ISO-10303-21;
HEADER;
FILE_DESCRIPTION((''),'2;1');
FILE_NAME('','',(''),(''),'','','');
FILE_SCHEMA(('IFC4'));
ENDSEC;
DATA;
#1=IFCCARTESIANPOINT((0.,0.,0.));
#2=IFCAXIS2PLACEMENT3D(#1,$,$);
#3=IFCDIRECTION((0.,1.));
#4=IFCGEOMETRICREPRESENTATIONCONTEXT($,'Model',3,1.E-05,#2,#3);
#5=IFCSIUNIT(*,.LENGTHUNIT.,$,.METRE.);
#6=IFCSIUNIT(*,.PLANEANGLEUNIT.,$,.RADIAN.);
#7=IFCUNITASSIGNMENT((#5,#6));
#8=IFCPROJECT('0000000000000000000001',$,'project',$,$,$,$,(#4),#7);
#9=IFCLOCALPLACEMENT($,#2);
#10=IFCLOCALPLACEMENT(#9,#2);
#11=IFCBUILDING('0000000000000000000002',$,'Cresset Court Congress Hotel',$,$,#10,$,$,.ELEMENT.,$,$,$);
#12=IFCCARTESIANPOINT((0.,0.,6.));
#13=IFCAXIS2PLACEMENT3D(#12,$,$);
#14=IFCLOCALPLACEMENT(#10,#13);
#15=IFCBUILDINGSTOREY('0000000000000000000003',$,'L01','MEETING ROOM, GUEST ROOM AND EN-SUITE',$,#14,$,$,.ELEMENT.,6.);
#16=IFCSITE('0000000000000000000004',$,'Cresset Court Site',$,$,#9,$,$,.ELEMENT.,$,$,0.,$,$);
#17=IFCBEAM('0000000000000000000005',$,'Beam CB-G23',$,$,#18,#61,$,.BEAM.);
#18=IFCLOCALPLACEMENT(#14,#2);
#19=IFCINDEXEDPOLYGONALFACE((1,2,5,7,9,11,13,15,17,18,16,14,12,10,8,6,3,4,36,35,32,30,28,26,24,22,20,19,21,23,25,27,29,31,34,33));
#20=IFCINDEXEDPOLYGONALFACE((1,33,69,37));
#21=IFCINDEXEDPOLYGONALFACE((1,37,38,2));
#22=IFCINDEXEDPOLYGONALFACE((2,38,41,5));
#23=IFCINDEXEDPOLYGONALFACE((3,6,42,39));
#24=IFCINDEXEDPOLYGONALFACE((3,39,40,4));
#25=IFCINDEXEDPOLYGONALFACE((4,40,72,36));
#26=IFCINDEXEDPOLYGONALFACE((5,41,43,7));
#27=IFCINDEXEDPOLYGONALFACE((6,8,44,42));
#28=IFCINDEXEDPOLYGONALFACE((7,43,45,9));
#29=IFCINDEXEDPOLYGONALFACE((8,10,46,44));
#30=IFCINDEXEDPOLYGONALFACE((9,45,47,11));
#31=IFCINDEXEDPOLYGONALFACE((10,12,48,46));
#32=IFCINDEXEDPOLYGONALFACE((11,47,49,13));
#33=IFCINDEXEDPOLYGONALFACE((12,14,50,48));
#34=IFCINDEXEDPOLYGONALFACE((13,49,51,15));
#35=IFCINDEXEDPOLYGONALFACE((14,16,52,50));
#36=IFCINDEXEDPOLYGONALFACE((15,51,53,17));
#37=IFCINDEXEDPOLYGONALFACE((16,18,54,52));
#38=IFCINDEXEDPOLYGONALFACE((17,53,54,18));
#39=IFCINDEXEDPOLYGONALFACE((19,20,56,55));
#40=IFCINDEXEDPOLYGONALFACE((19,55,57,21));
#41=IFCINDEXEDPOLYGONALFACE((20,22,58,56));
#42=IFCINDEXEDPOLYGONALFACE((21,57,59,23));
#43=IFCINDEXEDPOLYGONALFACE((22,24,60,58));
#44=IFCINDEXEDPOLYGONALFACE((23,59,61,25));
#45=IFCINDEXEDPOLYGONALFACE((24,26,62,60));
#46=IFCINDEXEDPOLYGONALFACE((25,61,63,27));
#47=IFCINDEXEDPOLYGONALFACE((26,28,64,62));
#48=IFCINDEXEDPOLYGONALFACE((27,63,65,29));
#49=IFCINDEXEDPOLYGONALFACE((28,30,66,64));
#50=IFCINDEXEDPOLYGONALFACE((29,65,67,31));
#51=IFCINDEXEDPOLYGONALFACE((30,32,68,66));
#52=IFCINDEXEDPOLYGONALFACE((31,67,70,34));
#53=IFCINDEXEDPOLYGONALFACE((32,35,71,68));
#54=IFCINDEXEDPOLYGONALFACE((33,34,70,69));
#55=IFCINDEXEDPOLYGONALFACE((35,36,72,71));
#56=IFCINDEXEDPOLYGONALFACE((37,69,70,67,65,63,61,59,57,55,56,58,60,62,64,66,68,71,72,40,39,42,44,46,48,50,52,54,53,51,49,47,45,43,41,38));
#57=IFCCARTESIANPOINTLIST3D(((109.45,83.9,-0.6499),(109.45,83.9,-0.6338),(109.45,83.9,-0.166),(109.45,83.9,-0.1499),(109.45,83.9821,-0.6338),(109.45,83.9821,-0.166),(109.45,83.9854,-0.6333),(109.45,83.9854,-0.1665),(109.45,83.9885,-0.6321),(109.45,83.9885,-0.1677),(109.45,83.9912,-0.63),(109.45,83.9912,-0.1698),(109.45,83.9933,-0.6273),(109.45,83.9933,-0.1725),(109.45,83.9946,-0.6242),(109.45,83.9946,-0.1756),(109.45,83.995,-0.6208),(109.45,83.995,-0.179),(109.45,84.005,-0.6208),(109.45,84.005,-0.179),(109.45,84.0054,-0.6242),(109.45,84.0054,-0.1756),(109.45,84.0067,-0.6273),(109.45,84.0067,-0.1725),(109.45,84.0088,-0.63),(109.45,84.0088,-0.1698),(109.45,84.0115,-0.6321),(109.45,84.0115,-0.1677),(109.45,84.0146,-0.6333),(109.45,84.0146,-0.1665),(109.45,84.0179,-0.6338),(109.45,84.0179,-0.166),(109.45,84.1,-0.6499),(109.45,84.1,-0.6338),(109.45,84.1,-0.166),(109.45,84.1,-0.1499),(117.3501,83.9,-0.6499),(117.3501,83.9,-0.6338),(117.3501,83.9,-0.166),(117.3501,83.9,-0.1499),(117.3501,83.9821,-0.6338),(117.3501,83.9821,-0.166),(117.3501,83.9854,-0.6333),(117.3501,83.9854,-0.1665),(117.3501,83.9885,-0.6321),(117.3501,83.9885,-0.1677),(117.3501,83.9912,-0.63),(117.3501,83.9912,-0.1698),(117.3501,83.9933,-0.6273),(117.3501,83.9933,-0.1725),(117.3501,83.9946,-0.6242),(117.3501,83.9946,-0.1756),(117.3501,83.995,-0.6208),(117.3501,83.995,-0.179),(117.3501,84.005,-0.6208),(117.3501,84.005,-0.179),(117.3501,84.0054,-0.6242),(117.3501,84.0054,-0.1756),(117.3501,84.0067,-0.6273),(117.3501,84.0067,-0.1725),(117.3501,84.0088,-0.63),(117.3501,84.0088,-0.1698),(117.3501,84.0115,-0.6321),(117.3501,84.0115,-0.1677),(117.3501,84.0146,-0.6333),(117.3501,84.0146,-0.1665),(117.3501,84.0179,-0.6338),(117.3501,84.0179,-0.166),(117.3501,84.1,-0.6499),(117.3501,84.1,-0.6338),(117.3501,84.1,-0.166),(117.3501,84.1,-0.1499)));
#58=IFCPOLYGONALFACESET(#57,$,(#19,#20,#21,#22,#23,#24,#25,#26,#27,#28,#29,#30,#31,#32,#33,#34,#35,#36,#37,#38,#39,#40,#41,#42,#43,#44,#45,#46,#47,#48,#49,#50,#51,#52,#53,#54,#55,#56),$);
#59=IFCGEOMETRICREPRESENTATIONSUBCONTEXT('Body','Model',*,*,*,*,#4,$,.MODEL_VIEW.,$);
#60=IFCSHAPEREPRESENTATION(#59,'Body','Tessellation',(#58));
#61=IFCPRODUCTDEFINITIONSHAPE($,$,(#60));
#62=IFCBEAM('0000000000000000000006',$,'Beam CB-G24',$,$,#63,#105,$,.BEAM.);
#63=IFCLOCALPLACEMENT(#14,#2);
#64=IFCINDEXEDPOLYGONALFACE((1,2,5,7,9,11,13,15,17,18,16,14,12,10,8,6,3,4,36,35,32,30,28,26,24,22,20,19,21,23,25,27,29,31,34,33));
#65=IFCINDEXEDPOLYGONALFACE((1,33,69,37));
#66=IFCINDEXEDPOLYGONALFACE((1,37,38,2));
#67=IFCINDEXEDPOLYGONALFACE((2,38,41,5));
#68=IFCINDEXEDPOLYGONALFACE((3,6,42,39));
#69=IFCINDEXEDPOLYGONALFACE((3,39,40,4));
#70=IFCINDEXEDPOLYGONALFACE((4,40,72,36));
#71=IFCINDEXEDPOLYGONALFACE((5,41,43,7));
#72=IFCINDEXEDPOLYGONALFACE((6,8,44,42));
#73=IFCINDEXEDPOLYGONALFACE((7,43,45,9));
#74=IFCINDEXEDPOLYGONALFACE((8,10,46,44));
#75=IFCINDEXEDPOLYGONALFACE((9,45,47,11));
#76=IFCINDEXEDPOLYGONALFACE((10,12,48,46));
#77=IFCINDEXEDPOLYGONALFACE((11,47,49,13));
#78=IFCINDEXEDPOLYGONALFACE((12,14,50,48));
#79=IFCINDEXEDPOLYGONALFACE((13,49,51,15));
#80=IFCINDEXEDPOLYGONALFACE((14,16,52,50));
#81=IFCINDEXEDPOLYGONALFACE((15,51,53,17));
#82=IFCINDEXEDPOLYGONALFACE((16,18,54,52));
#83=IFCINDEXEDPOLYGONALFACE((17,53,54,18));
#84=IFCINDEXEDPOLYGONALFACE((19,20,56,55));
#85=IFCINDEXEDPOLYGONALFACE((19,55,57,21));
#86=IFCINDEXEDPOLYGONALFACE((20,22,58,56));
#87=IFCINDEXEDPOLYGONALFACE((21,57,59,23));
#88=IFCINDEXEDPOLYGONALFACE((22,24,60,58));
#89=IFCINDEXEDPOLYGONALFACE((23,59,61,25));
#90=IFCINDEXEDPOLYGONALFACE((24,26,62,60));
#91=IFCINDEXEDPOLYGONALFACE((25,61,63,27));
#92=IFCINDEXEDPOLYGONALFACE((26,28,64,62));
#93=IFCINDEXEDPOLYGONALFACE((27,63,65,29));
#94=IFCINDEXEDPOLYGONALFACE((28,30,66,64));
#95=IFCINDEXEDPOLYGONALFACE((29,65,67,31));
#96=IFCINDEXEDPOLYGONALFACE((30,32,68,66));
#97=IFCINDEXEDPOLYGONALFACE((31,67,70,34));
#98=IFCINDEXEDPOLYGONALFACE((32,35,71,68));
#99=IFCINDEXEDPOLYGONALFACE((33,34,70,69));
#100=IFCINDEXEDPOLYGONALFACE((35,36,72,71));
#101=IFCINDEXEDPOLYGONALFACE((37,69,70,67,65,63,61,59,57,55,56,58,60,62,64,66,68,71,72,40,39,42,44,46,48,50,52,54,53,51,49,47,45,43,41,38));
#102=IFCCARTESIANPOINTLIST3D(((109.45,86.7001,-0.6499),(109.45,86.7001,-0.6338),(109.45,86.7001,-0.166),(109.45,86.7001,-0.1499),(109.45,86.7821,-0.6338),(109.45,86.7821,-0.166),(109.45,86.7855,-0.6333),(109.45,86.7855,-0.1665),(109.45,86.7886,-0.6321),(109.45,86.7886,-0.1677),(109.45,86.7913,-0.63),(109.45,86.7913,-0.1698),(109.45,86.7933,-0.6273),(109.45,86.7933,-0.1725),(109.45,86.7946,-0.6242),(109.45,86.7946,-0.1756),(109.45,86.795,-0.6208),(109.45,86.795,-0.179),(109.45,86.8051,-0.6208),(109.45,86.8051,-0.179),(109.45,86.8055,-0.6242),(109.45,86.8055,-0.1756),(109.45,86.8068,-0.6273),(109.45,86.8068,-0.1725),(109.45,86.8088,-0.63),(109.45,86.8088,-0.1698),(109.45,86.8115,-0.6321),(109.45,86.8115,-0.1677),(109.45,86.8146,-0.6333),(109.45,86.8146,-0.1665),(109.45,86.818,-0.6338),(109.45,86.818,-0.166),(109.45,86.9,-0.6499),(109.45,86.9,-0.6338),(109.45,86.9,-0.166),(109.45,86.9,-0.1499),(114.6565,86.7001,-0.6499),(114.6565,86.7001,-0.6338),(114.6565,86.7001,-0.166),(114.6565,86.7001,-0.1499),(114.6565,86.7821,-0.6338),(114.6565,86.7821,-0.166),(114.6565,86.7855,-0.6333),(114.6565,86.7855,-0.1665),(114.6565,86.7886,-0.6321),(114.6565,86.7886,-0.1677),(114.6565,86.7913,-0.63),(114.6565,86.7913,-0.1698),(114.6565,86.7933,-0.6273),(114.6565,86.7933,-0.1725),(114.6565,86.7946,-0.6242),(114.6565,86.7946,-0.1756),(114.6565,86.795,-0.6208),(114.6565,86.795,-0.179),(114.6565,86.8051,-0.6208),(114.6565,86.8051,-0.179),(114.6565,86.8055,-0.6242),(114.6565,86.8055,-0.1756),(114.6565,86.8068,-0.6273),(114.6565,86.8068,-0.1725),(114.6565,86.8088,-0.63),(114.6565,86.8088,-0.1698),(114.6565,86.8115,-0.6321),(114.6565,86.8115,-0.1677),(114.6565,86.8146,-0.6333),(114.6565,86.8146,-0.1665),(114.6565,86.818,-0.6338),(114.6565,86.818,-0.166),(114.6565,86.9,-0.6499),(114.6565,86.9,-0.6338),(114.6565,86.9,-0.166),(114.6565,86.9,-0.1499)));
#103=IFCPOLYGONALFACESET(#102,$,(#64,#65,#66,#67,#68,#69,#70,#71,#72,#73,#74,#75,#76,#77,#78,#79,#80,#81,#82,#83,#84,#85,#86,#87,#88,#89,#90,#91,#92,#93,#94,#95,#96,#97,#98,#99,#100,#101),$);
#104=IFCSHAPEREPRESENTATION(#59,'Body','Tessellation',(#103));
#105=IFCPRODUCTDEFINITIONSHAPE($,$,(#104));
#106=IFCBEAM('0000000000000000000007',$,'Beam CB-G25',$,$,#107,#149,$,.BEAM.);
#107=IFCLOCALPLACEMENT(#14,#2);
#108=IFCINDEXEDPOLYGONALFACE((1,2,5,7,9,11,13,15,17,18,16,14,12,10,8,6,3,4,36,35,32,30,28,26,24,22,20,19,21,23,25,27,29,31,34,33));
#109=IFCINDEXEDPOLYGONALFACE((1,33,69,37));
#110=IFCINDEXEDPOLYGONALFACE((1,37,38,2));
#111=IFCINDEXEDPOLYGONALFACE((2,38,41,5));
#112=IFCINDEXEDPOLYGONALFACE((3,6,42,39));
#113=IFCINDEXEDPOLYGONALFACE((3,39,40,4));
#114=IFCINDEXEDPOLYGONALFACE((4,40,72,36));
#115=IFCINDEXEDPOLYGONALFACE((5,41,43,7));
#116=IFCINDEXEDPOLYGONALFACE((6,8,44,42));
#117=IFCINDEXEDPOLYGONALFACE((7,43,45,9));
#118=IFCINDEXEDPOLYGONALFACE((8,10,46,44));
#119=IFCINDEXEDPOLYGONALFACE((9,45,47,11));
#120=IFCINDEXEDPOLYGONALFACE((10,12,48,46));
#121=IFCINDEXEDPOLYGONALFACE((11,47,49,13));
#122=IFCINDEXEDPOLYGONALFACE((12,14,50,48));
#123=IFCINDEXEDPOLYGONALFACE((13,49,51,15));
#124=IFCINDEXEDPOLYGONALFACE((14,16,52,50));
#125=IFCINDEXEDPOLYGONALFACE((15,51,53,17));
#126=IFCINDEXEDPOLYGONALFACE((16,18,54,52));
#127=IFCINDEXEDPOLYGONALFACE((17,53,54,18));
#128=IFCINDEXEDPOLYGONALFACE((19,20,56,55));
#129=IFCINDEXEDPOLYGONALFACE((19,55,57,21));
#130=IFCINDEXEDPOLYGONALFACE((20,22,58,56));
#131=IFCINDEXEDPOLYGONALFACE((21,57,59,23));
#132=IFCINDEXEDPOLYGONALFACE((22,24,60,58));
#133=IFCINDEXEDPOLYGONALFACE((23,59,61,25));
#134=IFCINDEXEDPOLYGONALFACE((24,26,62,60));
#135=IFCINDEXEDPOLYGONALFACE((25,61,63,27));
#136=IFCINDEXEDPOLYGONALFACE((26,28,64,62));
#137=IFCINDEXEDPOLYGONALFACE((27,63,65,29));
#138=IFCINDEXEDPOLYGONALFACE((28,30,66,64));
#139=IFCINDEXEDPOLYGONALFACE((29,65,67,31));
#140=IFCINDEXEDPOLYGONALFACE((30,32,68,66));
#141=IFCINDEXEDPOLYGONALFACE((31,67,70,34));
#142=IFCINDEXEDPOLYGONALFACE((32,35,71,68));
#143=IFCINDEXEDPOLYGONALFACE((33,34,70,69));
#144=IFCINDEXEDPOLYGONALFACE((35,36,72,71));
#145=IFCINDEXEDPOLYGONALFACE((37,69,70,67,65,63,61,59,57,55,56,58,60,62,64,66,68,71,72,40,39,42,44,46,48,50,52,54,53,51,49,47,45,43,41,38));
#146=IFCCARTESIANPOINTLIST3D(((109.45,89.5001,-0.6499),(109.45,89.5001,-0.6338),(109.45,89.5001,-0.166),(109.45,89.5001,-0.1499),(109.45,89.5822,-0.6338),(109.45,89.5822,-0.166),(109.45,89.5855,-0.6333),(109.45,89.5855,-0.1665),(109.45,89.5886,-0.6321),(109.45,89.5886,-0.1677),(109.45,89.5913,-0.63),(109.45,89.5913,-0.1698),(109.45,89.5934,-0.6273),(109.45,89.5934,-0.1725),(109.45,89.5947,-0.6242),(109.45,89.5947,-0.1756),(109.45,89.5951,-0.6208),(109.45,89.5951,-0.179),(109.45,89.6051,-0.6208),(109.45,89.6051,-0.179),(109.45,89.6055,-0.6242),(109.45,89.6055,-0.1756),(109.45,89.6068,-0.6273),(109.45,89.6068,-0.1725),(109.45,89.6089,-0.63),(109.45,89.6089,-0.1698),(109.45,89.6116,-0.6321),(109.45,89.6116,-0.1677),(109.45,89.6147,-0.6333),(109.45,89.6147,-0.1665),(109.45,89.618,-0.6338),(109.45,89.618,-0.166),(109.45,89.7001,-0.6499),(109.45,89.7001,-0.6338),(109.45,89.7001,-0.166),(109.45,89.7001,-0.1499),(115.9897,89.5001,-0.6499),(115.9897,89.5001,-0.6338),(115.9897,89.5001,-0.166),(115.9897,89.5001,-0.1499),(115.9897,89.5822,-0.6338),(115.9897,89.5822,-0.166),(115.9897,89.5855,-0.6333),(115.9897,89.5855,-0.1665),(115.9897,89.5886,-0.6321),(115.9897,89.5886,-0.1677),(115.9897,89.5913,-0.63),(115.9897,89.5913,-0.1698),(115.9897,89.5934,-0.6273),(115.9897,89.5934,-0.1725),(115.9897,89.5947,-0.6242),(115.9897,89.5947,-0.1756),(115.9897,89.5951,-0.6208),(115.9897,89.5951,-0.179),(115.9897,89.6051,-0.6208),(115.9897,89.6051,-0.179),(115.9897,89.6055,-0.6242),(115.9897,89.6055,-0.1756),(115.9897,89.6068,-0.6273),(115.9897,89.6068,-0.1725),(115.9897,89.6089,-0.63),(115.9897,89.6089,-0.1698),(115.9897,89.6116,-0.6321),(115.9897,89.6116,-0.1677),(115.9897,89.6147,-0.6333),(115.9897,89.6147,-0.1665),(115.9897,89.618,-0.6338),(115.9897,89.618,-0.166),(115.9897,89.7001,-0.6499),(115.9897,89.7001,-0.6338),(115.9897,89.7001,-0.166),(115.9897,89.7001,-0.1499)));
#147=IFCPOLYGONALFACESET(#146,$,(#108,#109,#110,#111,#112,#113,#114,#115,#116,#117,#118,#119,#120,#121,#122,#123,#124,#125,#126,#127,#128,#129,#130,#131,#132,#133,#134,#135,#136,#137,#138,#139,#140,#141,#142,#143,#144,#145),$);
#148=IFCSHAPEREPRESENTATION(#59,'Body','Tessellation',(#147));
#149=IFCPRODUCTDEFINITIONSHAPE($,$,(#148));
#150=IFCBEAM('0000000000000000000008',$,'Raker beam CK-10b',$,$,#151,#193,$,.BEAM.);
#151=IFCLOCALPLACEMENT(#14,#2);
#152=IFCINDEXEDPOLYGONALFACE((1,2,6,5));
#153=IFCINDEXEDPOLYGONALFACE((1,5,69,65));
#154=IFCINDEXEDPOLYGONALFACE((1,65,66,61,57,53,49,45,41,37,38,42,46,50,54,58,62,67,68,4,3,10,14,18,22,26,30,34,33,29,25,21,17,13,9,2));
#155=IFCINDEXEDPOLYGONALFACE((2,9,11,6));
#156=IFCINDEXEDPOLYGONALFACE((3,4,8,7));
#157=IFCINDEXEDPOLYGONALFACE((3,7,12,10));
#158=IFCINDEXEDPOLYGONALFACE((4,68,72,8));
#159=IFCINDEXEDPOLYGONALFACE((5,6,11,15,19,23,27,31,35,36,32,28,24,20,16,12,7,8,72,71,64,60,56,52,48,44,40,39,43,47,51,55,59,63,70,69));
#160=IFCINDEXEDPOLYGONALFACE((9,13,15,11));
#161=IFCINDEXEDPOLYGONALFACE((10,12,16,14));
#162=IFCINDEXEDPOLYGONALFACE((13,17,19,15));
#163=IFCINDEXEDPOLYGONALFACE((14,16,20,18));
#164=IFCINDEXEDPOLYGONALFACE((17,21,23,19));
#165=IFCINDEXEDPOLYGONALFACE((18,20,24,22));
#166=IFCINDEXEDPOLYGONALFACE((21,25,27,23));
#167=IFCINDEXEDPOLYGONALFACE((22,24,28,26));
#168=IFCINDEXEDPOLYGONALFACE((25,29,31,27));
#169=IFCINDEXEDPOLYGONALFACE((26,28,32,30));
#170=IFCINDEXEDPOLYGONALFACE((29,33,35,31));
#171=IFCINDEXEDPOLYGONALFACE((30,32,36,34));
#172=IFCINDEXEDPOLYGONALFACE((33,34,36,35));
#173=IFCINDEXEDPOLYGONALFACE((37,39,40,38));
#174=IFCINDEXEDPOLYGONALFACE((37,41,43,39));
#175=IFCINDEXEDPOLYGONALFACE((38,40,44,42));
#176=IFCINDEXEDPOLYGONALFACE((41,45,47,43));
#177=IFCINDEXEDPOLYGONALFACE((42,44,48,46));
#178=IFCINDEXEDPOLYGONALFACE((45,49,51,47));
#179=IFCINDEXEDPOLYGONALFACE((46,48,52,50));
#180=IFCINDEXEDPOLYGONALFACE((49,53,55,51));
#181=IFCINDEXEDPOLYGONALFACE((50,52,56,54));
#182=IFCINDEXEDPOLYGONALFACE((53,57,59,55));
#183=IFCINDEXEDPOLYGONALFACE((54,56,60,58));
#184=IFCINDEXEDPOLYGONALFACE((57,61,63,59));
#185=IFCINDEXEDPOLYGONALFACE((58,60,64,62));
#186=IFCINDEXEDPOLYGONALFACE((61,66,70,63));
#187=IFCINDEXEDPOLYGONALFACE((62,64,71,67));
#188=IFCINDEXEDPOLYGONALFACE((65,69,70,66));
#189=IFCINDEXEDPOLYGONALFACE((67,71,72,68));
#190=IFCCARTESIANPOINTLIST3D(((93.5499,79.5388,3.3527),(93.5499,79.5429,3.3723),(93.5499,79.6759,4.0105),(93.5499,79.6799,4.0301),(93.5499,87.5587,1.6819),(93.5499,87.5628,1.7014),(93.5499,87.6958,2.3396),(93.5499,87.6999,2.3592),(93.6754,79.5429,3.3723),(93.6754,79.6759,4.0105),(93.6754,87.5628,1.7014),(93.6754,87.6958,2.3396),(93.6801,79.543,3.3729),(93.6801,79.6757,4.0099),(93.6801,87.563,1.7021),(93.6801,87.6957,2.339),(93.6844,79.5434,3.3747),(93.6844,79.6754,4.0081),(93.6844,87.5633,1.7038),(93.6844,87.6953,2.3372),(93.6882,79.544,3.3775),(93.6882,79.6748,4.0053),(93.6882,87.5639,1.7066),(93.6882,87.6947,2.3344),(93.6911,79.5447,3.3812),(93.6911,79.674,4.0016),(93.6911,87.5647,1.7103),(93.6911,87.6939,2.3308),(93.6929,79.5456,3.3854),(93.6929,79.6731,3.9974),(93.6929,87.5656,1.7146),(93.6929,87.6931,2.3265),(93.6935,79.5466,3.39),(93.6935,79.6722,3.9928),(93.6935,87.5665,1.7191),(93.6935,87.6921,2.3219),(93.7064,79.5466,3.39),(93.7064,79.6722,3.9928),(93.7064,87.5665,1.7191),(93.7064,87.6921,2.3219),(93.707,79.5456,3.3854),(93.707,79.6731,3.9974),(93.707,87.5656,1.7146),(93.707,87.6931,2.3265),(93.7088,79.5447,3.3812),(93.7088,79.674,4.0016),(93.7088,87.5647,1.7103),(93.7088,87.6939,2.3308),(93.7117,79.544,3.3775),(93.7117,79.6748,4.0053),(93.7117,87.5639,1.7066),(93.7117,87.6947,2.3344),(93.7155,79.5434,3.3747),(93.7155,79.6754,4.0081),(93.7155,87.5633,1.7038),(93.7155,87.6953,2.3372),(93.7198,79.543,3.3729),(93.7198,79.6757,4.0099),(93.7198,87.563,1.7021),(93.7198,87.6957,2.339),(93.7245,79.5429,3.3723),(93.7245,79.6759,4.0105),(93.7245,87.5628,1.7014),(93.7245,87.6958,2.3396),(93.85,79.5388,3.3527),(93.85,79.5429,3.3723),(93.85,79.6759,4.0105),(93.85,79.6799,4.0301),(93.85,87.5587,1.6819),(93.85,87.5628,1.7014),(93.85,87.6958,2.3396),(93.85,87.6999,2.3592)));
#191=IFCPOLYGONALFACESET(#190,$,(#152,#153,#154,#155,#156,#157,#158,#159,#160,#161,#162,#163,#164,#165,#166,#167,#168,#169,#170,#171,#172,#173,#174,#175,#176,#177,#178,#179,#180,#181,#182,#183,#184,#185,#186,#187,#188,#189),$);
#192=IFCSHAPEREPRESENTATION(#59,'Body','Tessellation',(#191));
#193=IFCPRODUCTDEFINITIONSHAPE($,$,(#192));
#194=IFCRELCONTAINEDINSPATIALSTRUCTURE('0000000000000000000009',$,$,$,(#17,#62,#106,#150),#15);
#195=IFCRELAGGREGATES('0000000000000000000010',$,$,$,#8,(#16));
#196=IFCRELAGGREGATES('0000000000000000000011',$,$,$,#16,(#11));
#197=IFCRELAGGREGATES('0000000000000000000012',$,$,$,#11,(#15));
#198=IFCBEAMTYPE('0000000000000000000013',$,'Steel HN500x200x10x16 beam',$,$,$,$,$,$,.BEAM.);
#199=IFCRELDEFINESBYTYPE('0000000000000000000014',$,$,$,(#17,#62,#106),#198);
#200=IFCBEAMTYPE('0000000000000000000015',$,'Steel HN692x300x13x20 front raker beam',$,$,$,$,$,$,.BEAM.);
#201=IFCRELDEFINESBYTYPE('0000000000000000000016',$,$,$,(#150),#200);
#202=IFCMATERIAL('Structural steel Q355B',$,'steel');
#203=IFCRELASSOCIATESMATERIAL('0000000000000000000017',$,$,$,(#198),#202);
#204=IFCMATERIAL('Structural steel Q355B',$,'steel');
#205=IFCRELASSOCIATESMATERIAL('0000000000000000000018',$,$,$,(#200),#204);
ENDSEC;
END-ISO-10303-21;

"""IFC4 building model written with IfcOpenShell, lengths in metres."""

from ifc_helpers import new_model, si_unit, direction, frame, origin, origin_2d, place, context, subcontext, project, spatial, i_section, extrude, material, material_profile, profile_set, type_object, element, save


model = new_model("IFC4")

# Units and contexts
model_context = context("Model", 3, precision=1e-05, world=origin(), true_north=direction((0.0, 1.0)))
body_context = subcontext(model_context, "Body", "Model", "MODEL_VIEW")
ifc_project = project(units=[si_unit("LENGTHUNIT", "METRE"), si_unit("PLANEANGLEUNIT", "RADIAN")], contexts=[model_context])

# Site, building, storey
site_placement = place(None, origin())
site = spatial("IfcSite", under=ifc_project, at=site_placement, Name="Cresset Court Site", CompositionType="ELEMENT", RefElevation=0.0)
building_placement = place(site_placement, origin())
building = spatial("IfcBuilding", under=site, at=building_placement, Name="Cresset Court Congress Hotel", CompositionType="ELEMENT")
storey_placement = place(building_placement, frame((0.0, 0.0, 6.0)))
storey = spatial("IfcBuildingStorey", under=building, at=storey_placement, Name="L01", Description="MEETING ROOM, GUEST ROOM AND EN-SUITE", CompositionType="ELEMENT", Elevation=6.0)

# Beams
ifc_material_1 = material(Name="Structural steel Q355B", Category="steel")
ifc_material_profile_1 = material_profile(ifc_material_1, i_section(OverallWidth=0.2, OverallDepth=0.5, WebThickness=0.01, FlangeThickness=0.0161, FilletRadius=0.0129, at=origin_2d()), Name="HN500x200x10x16")
ifc_profile_set_1 = profile_set([ifc_material_profile_1], Name="Structural steel Q355B")
beam_type_1 = type_object("IfcBeamType", Name="Steel HN500x200x10x16 beam", PredefinedType="BEAM", material=ifc_profile_set_1)
beam_1_placement = place(storey_placement, frame((109.45, 84.0, -0.3999), z_axis=(1.0, 0.0, 0.0), x_axis=(0.0, 1.0, 0.0)))
element("IfcBeam", 1, at=beam_1_placement, inside=storey, type_object=beam_type_1, Name="Beam CB-G23", PredefinedType="BEAM", context=body_context, shape_type="SweptSolid", body=[
    extrude(i_section(OverallWidth=0.2, OverallDepth=0.5, WebThickness=0.01, FlangeThickness=0.0161, FilletRadius=0.0129, at=origin_2d()), origin(), (0.0, 0.0, 1.0), 7.9001),
])
beam_2_placement = place(storey_placement, frame((109.45, 86.8, -0.3999), z_axis=(1.0, 0.0, 0.0), x_axis=(0.0, 1.0, 0.0)))
element("IfcBeam", 2, at=beam_2_placement, inside=storey, type_object=beam_type_1, Name="Beam CB-G24", PredefinedType="BEAM", context=body_context, shape_type="SweptSolid", body=[
    extrude(i_section(OverallWidth=0.2, OverallDepth=0.5, WebThickness=0.01, FlangeThickness=0.0161, FilletRadius=0.0129, at=origin_2d()), origin(), (0.0, 0.0, 1.0), 5.2065),
])
beam_3_placement = place(storey_placement, frame((109.45, 89.6001, -0.3999), z_axis=(1.0, 0.0, 0.0), x_axis=(0.0, 1.0, 0.0)))
element("IfcBeam", 3, at=beam_3_placement, inside=storey, type_object=beam_type_1, Name="Beam CB-G25", PredefinedType="BEAM", context=body_context, shape_type="SweptSolid", body=[
    extrude(i_section(OverallWidth=0.2, OverallDepth=0.5, WebThickness=0.01, FlangeThickness=0.0161, FilletRadius=0.0129, at=origin_2d()), origin(), (0.0, 0.0, 1.0), 6.5398),
])
ifc_material_2 = material(Name="Structural steel Q355B", Category="steel")
ifc_material_profile_2 = material_profile(ifc_material_2, i_section(OverallWidth=0.3, OverallDepth=0.6919, WebThickness=0.0129, FlangeThickness=0.02, FilletRadius=0.0181, at=origin_2d()), Name="HN692x300x13x20")
ifc_profile_set_2 = profile_set([ifc_material_profile_2], Name="Structural steel Q355B")
beam_type_2 = type_object("IfcBeamType", Name="Steel HN692x300x13x20 front raker beam", PredefinedType="BEAM", material=ifc_profile_set_2)
for number, where, z_axis, x_axis, name in (
    (4, (93.7, 79.6094, 3.6914), (0.0, 0.978979, -0.203961), (-1.0, 0.0, 0.0), "Raker beam CK-10b"),
):
    element("IfcBeam", number, at=place(storey_placement, frame(where, z_axis=z_axis, x_axis=x_axis)), inside=storey, type_object=beam_type_2, Name=name, PredefinedType="BEAM", context=body_context, shape_type="SweptSolid", body=[
        extrude(i_section(OverallWidth=0.3, OverallDepth=0.6919, WebThickness=0.0129, FlangeThickness=0.02, FilletRadius=0.0181, at=origin_2d()), origin(), (0.0, 0.0, 1.0), 8.1921),
    ])

save(model, "model.ifc")
